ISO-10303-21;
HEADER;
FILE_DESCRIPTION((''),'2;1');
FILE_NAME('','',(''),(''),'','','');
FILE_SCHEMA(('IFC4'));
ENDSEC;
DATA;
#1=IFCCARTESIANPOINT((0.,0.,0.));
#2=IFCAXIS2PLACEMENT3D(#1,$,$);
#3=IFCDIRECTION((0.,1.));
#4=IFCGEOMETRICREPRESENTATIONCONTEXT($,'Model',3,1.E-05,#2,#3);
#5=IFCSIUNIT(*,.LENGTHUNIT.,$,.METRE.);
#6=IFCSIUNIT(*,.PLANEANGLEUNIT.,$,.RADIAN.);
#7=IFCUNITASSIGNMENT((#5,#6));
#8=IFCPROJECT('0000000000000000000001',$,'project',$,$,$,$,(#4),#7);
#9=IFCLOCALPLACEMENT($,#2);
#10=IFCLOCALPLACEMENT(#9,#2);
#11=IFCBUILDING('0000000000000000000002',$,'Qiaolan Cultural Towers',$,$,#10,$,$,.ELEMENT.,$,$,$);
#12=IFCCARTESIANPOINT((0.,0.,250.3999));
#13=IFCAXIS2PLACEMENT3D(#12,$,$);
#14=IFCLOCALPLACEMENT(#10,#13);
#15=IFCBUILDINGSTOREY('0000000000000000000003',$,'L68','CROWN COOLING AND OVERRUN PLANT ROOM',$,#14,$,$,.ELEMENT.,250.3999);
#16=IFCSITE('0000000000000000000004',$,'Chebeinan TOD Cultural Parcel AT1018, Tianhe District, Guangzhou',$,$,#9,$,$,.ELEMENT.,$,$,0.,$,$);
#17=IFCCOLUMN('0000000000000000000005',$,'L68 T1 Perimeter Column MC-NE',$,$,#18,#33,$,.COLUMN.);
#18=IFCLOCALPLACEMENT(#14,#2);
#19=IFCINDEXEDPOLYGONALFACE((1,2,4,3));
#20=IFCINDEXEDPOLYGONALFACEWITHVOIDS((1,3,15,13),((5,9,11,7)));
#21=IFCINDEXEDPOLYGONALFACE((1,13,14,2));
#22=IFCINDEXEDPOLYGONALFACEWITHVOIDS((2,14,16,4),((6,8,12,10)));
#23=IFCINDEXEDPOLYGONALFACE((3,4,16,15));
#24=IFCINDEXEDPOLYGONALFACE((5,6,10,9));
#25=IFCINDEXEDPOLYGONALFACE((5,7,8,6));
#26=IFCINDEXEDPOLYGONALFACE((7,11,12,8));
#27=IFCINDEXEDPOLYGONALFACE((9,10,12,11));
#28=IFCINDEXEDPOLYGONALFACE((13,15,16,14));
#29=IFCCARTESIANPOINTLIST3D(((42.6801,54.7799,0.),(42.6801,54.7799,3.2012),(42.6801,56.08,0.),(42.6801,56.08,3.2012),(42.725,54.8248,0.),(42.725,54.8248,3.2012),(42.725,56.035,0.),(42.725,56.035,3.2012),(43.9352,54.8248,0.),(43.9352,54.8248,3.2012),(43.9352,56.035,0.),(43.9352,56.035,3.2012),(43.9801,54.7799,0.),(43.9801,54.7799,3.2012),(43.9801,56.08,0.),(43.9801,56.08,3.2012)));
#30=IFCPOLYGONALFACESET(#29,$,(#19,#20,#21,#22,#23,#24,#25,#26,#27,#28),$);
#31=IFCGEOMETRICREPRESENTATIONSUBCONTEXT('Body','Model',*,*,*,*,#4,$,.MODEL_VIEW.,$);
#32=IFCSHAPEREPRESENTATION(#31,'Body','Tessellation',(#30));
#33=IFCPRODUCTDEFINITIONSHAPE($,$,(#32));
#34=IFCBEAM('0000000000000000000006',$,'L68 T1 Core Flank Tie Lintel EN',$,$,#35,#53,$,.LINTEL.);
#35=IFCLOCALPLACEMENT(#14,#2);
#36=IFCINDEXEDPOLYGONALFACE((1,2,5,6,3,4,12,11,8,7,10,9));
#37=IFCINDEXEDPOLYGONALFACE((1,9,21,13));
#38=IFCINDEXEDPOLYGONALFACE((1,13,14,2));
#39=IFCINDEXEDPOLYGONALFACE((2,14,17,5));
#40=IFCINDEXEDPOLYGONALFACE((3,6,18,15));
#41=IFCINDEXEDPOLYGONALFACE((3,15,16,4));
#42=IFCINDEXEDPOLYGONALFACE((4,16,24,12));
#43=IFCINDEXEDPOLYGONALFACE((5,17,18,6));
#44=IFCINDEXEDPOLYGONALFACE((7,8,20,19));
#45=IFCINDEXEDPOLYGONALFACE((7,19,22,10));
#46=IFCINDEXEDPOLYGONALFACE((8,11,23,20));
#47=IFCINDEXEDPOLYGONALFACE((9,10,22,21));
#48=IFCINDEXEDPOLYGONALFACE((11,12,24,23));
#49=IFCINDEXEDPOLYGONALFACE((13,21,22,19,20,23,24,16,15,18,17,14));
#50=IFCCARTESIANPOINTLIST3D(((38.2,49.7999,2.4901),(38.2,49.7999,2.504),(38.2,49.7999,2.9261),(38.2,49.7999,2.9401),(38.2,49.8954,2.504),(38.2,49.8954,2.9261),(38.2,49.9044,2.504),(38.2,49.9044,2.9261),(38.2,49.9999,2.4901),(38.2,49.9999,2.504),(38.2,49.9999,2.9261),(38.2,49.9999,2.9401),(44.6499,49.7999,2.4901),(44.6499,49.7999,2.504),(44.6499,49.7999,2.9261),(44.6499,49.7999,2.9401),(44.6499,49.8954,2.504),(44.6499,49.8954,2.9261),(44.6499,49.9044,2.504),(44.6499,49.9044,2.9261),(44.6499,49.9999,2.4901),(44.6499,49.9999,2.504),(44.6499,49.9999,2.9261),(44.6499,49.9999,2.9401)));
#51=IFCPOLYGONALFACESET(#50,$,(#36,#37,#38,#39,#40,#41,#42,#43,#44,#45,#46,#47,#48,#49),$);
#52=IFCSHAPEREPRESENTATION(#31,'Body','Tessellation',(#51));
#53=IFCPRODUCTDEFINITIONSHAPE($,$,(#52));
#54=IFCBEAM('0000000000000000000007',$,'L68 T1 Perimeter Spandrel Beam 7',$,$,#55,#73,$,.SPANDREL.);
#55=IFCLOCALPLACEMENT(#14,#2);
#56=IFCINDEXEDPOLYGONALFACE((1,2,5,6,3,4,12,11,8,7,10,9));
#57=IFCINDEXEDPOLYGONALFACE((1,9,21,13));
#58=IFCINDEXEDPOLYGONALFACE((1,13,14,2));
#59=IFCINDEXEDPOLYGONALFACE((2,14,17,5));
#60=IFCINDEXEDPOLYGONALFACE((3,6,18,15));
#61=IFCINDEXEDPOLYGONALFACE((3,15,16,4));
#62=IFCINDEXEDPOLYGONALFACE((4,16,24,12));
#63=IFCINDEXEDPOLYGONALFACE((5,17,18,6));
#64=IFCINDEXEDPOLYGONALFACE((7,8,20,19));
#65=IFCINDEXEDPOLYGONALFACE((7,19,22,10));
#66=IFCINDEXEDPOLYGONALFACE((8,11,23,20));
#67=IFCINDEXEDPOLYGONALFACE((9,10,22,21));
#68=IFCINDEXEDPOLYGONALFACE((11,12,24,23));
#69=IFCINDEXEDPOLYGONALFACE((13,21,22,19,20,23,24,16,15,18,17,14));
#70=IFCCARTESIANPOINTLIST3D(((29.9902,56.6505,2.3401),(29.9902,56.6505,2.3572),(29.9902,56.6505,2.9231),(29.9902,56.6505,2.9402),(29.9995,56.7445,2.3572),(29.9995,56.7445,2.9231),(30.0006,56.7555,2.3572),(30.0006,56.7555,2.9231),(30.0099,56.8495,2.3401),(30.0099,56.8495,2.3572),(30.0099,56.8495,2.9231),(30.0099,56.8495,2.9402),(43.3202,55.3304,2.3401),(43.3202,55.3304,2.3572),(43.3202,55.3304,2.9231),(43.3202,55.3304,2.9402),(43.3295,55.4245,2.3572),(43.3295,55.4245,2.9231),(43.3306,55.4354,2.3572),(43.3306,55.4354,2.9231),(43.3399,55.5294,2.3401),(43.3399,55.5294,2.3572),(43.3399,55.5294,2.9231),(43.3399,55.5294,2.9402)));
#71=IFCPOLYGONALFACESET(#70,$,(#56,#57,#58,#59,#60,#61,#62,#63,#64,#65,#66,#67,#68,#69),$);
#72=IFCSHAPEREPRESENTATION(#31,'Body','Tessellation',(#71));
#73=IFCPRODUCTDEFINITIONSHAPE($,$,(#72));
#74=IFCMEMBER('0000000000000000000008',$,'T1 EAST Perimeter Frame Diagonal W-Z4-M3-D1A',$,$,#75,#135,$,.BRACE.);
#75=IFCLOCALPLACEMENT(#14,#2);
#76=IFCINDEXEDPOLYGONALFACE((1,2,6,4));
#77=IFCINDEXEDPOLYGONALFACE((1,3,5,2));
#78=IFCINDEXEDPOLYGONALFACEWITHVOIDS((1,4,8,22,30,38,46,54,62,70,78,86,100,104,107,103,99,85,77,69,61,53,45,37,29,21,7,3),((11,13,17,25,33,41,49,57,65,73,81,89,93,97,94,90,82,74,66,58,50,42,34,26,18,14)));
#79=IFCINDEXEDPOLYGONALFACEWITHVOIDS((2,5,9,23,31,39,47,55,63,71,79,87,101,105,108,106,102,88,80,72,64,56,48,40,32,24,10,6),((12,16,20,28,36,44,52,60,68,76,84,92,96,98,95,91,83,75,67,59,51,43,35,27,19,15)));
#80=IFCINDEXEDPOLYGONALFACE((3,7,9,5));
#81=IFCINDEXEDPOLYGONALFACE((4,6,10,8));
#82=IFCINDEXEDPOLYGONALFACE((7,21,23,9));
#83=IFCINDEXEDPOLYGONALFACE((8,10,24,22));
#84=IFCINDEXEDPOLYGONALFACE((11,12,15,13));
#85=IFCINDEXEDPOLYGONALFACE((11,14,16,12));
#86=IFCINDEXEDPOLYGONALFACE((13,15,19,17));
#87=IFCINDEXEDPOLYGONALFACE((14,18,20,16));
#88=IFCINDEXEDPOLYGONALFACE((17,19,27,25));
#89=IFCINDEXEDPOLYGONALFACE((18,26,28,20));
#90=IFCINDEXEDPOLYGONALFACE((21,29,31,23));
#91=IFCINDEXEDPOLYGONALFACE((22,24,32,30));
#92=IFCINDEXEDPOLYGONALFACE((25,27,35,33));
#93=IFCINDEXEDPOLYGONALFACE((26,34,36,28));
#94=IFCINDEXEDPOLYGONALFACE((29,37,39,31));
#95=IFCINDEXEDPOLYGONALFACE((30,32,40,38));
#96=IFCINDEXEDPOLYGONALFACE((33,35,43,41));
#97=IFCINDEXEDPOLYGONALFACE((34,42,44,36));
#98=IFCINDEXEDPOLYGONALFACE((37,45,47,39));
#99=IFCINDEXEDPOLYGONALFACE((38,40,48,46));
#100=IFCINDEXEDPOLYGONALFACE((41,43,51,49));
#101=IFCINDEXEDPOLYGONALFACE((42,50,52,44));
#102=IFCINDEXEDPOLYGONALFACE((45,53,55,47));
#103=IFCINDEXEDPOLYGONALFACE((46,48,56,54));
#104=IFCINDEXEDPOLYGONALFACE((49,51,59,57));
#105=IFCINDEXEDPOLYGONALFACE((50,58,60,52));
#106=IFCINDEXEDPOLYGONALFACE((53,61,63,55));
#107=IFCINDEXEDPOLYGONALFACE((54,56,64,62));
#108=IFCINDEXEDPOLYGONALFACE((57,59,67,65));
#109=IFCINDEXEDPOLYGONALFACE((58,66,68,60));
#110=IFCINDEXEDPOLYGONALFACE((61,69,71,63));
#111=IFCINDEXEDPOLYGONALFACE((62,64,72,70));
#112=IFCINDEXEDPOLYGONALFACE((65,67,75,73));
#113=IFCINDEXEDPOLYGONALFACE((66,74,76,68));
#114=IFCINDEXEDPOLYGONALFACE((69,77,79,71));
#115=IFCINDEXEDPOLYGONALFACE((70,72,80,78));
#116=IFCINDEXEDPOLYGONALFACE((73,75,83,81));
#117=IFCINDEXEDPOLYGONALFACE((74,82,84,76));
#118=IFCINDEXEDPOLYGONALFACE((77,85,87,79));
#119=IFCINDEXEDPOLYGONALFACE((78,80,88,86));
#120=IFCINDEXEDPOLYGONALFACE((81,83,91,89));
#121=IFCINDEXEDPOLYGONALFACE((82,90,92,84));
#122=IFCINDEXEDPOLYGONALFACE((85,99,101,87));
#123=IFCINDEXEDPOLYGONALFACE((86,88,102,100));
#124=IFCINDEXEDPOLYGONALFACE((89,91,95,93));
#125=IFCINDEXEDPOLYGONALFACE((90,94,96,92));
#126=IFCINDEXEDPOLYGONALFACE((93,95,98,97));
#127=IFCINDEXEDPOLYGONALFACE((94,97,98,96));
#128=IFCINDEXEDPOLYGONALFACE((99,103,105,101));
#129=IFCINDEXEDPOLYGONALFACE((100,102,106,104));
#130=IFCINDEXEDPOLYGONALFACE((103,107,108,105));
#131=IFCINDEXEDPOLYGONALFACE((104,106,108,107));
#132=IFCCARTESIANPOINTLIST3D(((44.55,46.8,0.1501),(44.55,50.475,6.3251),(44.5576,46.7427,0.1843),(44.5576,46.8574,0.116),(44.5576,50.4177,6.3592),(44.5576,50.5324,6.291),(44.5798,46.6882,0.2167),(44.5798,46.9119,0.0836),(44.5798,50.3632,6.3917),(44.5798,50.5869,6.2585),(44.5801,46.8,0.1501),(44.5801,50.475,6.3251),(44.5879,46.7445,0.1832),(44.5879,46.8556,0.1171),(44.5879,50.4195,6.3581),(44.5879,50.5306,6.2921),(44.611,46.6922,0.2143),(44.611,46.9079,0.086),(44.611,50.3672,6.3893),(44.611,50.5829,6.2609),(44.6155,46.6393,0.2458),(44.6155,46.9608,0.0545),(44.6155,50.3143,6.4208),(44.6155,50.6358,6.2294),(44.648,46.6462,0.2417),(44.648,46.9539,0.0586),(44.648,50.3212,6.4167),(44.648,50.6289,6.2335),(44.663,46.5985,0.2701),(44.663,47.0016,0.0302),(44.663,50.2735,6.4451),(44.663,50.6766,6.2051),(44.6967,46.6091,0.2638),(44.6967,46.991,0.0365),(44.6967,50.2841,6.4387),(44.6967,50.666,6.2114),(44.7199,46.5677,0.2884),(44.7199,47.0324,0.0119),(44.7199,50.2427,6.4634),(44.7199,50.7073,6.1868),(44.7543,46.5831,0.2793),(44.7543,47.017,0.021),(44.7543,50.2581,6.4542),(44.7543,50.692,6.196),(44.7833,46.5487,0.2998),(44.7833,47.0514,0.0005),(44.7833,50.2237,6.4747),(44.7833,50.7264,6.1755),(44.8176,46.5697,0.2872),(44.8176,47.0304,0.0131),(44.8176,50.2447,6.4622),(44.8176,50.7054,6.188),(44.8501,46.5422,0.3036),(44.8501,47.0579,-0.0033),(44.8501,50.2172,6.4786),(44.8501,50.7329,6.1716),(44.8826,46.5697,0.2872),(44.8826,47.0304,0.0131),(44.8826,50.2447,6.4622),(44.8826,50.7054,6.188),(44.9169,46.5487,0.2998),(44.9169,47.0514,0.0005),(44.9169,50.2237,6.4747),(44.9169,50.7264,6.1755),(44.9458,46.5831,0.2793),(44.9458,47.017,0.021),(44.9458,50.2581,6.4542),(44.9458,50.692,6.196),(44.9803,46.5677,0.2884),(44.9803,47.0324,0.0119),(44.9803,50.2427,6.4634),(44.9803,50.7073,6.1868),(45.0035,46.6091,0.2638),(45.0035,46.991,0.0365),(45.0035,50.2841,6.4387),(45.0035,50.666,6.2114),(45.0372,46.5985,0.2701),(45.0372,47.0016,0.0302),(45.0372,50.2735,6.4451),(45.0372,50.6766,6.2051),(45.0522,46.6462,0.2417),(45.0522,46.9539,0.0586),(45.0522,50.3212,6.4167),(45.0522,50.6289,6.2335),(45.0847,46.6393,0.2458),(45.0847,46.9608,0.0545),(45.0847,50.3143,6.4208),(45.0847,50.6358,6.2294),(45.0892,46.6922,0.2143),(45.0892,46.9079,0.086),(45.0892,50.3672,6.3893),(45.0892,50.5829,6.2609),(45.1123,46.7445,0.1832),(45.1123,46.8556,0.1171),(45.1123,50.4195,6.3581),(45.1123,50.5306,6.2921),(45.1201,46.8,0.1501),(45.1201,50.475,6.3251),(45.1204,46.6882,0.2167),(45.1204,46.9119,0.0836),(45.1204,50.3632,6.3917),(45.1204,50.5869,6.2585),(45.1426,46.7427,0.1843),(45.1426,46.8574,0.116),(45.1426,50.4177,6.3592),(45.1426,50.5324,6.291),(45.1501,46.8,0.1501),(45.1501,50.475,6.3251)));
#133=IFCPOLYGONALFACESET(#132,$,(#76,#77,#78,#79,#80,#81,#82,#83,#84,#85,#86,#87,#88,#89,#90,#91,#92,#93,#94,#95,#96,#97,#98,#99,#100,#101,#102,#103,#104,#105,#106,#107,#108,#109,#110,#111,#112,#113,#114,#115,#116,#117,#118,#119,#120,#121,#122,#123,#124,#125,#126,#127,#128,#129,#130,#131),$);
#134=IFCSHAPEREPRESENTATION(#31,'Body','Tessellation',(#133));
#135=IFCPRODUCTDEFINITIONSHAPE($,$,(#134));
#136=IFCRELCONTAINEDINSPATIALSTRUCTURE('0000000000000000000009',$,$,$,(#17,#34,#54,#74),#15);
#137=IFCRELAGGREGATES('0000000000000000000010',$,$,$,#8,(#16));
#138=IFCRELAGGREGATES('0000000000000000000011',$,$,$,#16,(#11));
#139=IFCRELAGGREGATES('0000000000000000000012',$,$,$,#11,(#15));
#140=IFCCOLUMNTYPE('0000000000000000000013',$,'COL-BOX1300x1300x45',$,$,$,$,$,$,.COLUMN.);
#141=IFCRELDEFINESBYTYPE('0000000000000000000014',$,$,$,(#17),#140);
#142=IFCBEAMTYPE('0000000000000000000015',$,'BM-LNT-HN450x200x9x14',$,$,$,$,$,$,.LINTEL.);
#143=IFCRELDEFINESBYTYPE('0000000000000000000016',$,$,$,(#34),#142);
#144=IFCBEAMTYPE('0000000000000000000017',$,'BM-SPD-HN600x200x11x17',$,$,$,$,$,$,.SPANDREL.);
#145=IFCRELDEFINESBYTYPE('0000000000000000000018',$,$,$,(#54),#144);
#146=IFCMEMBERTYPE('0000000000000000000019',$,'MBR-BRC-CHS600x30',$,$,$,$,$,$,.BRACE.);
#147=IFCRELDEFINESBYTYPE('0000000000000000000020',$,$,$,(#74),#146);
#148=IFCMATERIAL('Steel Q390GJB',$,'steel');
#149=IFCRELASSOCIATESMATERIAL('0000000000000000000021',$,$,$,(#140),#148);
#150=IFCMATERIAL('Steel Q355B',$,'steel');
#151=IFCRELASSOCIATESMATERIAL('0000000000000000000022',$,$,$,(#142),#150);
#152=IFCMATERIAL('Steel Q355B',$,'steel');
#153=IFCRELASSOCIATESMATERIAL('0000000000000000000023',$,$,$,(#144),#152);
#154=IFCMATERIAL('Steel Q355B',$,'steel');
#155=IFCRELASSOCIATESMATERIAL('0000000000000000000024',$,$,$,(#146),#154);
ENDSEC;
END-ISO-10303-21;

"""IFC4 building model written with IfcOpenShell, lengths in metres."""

from ifc_helpers import new_model, si_unit, direction, frame, origin, origin_2d, place, context, subcontext, project, spatial, hollow_rectangle, hollow_circle, i_section, extrude, material, material_profile, profile_set, type_object, element, save


model = new_model("IFC4")

# Units and contexts
model_context = context("Model", 3, precision=1e-05, world=origin(), true_north=direction((0.0, 1.0)))
body_context = subcontext(model_context, "Body", "Model", "MODEL_VIEW")
ifc_project = project(units=[si_unit("LENGTHUNIT", "METRE"), si_unit("PLANEANGLEUNIT", "RADIAN")], contexts=[model_context])

# Site, building, storey
site_placement = place(None, origin())
site = spatial("IfcSite", under=ifc_project, at=site_placement, Name="Chebeinan TOD Cultural Parcel AT1018, Tianhe District, Guangzhou", CompositionType="ELEMENT", RefElevation=0.0)
building_placement = place(site_placement, origin())
building = spatial("IfcBuilding", under=site, at=building_placement, Name="Qiaolan Cultural Towers", CompositionType="ELEMENT")
storey_placement = place(building_placement, frame((0.0, 0.0, 250.3999)))
storey = spatial("IfcBuildingStorey", under=building, at=storey_placement, Name="L68", Description="CROWN COOLING AND OVERRUN PLANT ROOM", CompositionType="ELEMENT", Elevation=250.3999)

# Column
ifc_material_1 = material(Name="Steel Q390GJB", Category="steel")
ifc_material_profile_1 = material_profile(ifc_material_1, hollow_rectangle(XDim=1.3, YDim=1.3, WallThickness=0.0449, at=origin_2d()), Name="BOX1300x1300x45")
ifc_profile_set_1 = profile_set([ifc_material_profile_1], Name="Steel Q390GJB")
column_type = type_object("IfcColumnType", Name="COL-BOX1300x1300x45", PredefinedType="COLUMN", material=ifc_profile_set_1)
column_placement = place(storey_placement, frame((43.3301, 55.4299, 0.0), z_axis=(0.0, 0.0, 1.0), x_axis=(1.0, 0.0, 0.0)))
element("IfcColumn", 1, at=column_placement, inside=storey, type_object=column_type, Name="L68 T1 Perimeter Column MC-NE", PredefinedType="COLUMN", context=body_context, shape_type="SweptSolid", body=[
    extrude(hollow_rectangle(XDim=1.3, YDim=1.3, WallThickness=0.0449, at=origin_2d()), origin(), (0.0, 0.0, 1.0), 3.2012),
])

# Beams
ifc_material_2 = material(Name="Steel Q355B", Category="steel")
ifc_material_profile_2 = material_profile(ifc_material_2, i_section(OverallWidth=0.2, OverallDepth=0.45, WebThickness=0.009, FlangeThickness=0.0139, at=origin_2d()), Name="HN450x200x9x14")
ifc_profile_set_2 = profile_set([ifc_material_profile_2], Name="Steel Q355B")
beam_type_1 = type_object("IfcBeamType", Name="BM-LNT-HN450x200x9x14", PredefinedType="LINTEL", material=ifc_profile_set_2)
beam_1_placement = place(storey_placement, frame((38.2, 49.8999, 2.7151), z_axis=(1.0, 0.0, 0.0), x_axis=(0.0, 1.0, 0.0)))
element("IfcBeam", 2, at=beam_1_placement, inside=storey, type_object=beam_type_1, Name="L68 T1 Core Flank Tie Lintel EN", PredefinedType="LINTEL", context=body_context, shape_type="SweptSolid", body=[
    extrude(i_section(OverallWidth=0.2, OverallDepth=0.45, WebThickness=0.009, FlangeThickness=0.0139, at=origin_2d()), origin(), (0.0, 0.0, 1.0), 6.45),
])
ifc_material_3 = material(Name="Steel Q355B", Category="steel")
ifc_material_profile_3 = material_profile(ifc_material_3, i_section(OverallWidth=0.2, OverallDepth=0.6001, WebThickness=0.011, FlangeThickness=0.0171, at=origin_2d()), Name="HN600x200x11x17")
ifc_profile_set_3 = profile_set([ifc_material_profile_3], Name="Steel Q355B")
beam_type_2 = type_object("IfcBeamType", Name="BM-SPD-HN600x200x11x17", PredefinedType="SPANDREL", material=ifc_profile_set_3)
beam_2_placement = place(storey_placement, frame((43.3301, 55.4299, 2.6401), z_axis=(-0.995132, 0.098547, 0.0), x_axis=(-0.098547, -0.995132, 0.0)))
element("IfcBeam", 3, at=beam_2_placement, inside=storey, type_object=beam_type_2, Name="L68 T1 Perimeter Spandrel Beam 7", PredefinedType="SPANDREL", context=body_context, shape_type="SweptSolid", body=[
    extrude(i_section(OverallWidth=0.2, OverallDepth=0.6001, WebThickness=0.011, FlangeThickness=0.0171, at=origin_2d()), origin(), (0.0, 0.0, 1.0), 13.3953),
])

# Member
ifc_material_4 = material(Name="Steel Q355B", Category="steel")
ifc_material_profile_4 = material_profile(ifc_material_4, hollow_circle(Radius=0.3, WallThickness=0.03, at=origin_2d()), Name="CHS600x30")
ifc_profile_set_4 = profile_set([ifc_material_profile_4], Name="Steel Q355B")
member_type = type_object("IfcMemberType", Name="MBR-BRC-CHS600x30", PredefinedType="BRACE", material=ifc_profile_set_4)
member_1_placement = place(storey_placement, frame((44.8501, 46.8, 0.1501), z_axis=(0.0, 0.511425, 0.859328), x_axis=(-1.0, 0.0, 0.0)))
element("IfcMember", 4, at=member_1_placement, inside=storey, type_object=member_type, Name="T1 EAST Perimeter Frame Diagonal W-Z4-M3-D1A", PredefinedType="BRACE", context=body_context, shape_type="SweptSolid", body=[
    extrude(hollow_circle(Radius=0.3, WallThickness=0.03, at=origin_2d()), origin(), (0.0, 0.0, 1.0), 7.1858),
])

save(model, "model.ifc")
